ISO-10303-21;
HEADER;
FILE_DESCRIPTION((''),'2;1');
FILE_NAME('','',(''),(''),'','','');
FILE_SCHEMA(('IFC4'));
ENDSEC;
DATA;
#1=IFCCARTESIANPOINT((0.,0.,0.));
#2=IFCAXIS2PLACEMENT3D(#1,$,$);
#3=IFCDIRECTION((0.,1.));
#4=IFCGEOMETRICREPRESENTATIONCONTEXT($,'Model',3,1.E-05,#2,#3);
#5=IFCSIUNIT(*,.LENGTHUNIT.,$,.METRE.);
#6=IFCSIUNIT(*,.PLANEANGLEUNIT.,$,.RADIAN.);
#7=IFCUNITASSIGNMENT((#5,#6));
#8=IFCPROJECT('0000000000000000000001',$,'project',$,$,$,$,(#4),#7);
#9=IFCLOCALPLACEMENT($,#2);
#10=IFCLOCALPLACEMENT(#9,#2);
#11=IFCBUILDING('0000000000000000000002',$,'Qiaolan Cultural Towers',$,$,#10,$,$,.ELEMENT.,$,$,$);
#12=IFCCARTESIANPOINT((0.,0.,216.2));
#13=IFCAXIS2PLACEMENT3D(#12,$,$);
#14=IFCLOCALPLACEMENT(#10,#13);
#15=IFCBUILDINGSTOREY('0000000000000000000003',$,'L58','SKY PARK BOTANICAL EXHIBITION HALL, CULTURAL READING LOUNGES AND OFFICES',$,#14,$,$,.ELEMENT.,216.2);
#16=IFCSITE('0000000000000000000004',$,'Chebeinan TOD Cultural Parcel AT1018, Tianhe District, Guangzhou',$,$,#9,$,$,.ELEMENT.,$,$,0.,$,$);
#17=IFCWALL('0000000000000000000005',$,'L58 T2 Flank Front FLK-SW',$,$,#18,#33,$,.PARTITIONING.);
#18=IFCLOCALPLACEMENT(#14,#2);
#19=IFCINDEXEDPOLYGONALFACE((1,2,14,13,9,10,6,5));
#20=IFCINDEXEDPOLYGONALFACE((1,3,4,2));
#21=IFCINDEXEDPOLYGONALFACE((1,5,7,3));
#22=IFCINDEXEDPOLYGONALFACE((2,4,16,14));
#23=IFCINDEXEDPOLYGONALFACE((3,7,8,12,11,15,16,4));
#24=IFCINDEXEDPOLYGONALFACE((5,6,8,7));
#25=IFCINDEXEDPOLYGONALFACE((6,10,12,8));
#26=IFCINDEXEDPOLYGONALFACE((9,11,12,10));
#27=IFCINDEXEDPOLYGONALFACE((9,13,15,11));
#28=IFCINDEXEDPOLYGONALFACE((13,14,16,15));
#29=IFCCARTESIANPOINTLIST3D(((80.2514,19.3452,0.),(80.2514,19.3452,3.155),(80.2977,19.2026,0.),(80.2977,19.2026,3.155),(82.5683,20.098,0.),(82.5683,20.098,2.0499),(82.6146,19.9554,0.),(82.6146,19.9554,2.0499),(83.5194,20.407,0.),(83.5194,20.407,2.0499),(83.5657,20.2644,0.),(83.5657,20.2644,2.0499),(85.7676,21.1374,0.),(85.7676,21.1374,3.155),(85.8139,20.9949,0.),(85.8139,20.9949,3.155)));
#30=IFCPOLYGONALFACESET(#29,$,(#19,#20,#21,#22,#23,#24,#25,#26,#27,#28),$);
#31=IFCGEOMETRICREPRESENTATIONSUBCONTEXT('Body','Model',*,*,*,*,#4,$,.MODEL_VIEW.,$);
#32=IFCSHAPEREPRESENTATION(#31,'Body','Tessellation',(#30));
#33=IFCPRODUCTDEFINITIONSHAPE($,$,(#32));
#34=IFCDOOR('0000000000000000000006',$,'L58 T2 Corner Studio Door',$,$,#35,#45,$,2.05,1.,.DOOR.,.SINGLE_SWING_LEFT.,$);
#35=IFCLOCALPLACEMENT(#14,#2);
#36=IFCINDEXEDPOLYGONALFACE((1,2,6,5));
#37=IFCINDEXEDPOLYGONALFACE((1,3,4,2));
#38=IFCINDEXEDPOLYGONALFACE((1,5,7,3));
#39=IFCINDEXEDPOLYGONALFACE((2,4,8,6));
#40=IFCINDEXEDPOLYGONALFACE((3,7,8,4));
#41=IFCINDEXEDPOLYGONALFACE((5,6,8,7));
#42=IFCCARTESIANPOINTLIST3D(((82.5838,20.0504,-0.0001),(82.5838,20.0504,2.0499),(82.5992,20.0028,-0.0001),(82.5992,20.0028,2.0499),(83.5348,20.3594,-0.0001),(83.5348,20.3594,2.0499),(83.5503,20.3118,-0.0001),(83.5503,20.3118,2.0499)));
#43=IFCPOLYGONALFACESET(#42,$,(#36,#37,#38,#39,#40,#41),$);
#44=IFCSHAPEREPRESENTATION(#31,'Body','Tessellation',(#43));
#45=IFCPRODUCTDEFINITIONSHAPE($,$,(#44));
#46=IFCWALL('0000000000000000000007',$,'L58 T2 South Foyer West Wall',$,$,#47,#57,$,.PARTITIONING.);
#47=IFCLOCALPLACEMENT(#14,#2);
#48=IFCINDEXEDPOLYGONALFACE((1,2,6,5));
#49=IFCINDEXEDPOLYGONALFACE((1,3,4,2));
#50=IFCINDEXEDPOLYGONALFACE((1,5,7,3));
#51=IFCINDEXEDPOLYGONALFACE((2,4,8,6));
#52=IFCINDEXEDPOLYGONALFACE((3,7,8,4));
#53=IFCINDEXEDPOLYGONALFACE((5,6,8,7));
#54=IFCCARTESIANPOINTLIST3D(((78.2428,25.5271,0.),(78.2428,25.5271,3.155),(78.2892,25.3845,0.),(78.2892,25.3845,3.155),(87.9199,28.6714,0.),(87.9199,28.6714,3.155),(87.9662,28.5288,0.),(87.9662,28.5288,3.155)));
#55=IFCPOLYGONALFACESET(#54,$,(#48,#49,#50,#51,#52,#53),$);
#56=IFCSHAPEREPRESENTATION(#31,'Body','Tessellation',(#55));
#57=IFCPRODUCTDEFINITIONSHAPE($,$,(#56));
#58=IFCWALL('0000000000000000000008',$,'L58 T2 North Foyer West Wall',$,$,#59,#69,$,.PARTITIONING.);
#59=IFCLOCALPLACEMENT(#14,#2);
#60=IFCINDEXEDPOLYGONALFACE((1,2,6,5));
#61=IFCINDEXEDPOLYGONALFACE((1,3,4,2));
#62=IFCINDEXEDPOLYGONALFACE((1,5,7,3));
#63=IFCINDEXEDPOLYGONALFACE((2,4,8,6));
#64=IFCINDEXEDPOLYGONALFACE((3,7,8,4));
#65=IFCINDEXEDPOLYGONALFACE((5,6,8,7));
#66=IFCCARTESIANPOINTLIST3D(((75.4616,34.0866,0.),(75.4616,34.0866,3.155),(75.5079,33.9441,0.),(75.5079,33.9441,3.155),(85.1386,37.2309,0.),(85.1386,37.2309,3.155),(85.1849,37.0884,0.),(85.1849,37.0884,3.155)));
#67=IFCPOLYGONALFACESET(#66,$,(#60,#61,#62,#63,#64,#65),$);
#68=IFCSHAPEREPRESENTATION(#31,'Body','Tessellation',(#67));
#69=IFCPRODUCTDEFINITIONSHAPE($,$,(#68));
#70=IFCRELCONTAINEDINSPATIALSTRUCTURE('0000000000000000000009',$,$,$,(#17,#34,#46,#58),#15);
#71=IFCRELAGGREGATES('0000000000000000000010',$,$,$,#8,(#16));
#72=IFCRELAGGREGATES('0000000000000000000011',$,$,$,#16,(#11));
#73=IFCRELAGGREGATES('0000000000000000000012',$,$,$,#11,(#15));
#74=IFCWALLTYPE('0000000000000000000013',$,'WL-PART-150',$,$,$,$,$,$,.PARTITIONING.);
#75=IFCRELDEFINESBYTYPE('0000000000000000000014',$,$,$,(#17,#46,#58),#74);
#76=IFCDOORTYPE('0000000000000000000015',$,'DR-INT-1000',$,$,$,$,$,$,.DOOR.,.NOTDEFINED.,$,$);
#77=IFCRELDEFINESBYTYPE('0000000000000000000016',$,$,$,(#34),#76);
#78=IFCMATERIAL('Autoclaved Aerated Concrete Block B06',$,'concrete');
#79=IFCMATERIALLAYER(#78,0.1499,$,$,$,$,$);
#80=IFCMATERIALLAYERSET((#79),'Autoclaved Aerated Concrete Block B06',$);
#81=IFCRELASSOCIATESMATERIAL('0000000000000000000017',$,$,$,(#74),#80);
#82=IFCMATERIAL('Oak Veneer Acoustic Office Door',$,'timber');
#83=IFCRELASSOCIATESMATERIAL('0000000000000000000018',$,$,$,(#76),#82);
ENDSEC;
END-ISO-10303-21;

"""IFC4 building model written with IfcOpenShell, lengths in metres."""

from ifc_helpers import new_model, si_unit, direction, frame, frame_2d, origin, place, context, subcontext, project, spatial, rectangle, extrude, material, layer, layer_set, type_object, element, fill, save


model = new_model("IFC4")

# Units and contexts
model_context = context("Model", 3, precision=1e-05, world=origin(), true_north=direction((0.0, 1.0)))
body_context = subcontext(model_context, "Body", "Model", "MODEL_VIEW")
ifc_project = project(units=[si_unit("LENGTHUNIT", "METRE"), si_unit("PLANEANGLEUNIT", "RADIAN")], contexts=[model_context])

# Site, building, storey
site_placement = place(None, origin())
site = spatial("IfcSite", under=ifc_project, at=site_placement, Name="Chebeinan TOD Cultural Parcel AT1018, Tianhe District, Guangzhou", CompositionType="ELEMENT", RefElevation=0.0)
building_placement = place(site_placement, origin())
building = spatial("IfcBuilding", under=site, at=building_placement, Name="Qiaolan Cultural Towers", CompositionType="ELEMENT")
storey_placement = place(building_placement, frame((0.0, 0.0, 216.2)))
storey = spatial("IfcBuildingStorey", under=building, at=storey_placement, Name="L58", Description="SKY PARK BOTANICAL EXHIBITION HALL, CULTURAL READING LOUNGES AND OFFICES", CompositionType="ELEMENT", Elevation=216.2)

# Wall, opening, door
ifc_material_1 = material(Name="Autoclaved Aerated Concrete Block B06", Category="concrete")
ifc_layer_1 = layer(ifc_material_1, 0.1499)
ifc_layer_set_1 = layer_set([ifc_layer_1], Name="Autoclaved Aerated Concrete Block B06")
wall_type_1 = type_object("IfcWallType", Name="WL-PART-150", PredefinedType="PARTITIONING", material=ifc_layer_set_1)
wall_1_placement = place(storey_placement, frame((80.2747, 19.2739, 0.0), z_axis=(0.0, 0.0, 1.0), x_axis=(0.951059, 0.309008, 0.0)))
wall_1 = element("IfcWall", 1, at=wall_1_placement, inside=storey, type_object=wall_type_1, Name="L58 T2 Flank Front FLK-SW", PredefinedType="PARTITIONING", context=body_context, shape_type="SweptSolid", body=[
    extrude(rectangle(XDim=5.8, YDim=0.1499, at=frame_2d((2.8999, 0.0))), origin(), (0.0, 0.0, 1.0), 3.155),
])
opening_placement = place(wall_1_placement, frame((2.436, 0.0, 0.0)))
opening = element("IfcOpeningElement", 2, at=opening_placement, cuts=wall_1, PredefinedType="OPENING", context=body_context, shape_type="SweptSolid", body=[
    extrude(rectangle(XDim=1.0, YDim=2.05, at=frame_2d((0.5, 1.0249))), frame((0.0, 0.085, 0.0), z_axis=(0.0, -1.0, 0.0), x_axis=(1.0, 0.0, 0.0)), (0.0, 0.0, 1.0), 0.1699),
])
ifc_material_2 = material(Name="Oak Veneer Acoustic Office Door", Category="timber")
door_type = type_object("IfcDoorType", Name="DR-INT-1000", OperationType="NOTDEFINED", PredefinedType="DOOR", material=ifc_material_2)
door_placement = place(opening_placement, origin())
door = element("IfcDoor", 3, at=door_placement, inside=storey, type_object=door_type, Name="L58 T2 Corner Studio Door", OperationType="SINGLE_SWING_LEFT", OverallHeight=2.05, OverallWidth=1.0, PredefinedType="DOOR", context=body_context, shape_type="SweptSolid", body=[
    extrude(rectangle(XDim=1.0, YDim=2.05, at=frame_2d((0.5, 1.0249))), frame((0.0, 0.0249, 0.0), z_axis=(0.0, -1.0, 0.0), x_axis=(1.0, 0.0, 0.0)), (0.0, 0.0, 1.0), 0.05),
])
fill(opening, door)

# Walls
for number, where, z_axis, x_axis, name in (
    (4, (78.2661, 25.4558, 0.0), (0.0, 0.0, 1.0), (0.951055, 0.30902, 0.0), "L58 T2 South Foyer West Wall"),
    (5, (75.4849, 34.0154, 0.0), (0.0, 0.0, 1.0), (0.951055, 0.30902, 0.0), "L58 T2 North Foyer West Wall"),
):
    element("IfcWall", number, at=place(storey_placement, frame(where, z_axis=z_axis, x_axis=x_axis)), inside=storey, type_object=wall_type_1, Name=name, PredefinedType="PARTITIONING", context=body_context, shape_type="SweptSolid", body=[
        extrude(rectangle(XDim=10.175, YDim=0.1499, at=frame_2d((5.0874, 0.0))), origin(), (0.0, 0.0, 1.0), 3.155),
    ])

save(model, "model.ifc")
